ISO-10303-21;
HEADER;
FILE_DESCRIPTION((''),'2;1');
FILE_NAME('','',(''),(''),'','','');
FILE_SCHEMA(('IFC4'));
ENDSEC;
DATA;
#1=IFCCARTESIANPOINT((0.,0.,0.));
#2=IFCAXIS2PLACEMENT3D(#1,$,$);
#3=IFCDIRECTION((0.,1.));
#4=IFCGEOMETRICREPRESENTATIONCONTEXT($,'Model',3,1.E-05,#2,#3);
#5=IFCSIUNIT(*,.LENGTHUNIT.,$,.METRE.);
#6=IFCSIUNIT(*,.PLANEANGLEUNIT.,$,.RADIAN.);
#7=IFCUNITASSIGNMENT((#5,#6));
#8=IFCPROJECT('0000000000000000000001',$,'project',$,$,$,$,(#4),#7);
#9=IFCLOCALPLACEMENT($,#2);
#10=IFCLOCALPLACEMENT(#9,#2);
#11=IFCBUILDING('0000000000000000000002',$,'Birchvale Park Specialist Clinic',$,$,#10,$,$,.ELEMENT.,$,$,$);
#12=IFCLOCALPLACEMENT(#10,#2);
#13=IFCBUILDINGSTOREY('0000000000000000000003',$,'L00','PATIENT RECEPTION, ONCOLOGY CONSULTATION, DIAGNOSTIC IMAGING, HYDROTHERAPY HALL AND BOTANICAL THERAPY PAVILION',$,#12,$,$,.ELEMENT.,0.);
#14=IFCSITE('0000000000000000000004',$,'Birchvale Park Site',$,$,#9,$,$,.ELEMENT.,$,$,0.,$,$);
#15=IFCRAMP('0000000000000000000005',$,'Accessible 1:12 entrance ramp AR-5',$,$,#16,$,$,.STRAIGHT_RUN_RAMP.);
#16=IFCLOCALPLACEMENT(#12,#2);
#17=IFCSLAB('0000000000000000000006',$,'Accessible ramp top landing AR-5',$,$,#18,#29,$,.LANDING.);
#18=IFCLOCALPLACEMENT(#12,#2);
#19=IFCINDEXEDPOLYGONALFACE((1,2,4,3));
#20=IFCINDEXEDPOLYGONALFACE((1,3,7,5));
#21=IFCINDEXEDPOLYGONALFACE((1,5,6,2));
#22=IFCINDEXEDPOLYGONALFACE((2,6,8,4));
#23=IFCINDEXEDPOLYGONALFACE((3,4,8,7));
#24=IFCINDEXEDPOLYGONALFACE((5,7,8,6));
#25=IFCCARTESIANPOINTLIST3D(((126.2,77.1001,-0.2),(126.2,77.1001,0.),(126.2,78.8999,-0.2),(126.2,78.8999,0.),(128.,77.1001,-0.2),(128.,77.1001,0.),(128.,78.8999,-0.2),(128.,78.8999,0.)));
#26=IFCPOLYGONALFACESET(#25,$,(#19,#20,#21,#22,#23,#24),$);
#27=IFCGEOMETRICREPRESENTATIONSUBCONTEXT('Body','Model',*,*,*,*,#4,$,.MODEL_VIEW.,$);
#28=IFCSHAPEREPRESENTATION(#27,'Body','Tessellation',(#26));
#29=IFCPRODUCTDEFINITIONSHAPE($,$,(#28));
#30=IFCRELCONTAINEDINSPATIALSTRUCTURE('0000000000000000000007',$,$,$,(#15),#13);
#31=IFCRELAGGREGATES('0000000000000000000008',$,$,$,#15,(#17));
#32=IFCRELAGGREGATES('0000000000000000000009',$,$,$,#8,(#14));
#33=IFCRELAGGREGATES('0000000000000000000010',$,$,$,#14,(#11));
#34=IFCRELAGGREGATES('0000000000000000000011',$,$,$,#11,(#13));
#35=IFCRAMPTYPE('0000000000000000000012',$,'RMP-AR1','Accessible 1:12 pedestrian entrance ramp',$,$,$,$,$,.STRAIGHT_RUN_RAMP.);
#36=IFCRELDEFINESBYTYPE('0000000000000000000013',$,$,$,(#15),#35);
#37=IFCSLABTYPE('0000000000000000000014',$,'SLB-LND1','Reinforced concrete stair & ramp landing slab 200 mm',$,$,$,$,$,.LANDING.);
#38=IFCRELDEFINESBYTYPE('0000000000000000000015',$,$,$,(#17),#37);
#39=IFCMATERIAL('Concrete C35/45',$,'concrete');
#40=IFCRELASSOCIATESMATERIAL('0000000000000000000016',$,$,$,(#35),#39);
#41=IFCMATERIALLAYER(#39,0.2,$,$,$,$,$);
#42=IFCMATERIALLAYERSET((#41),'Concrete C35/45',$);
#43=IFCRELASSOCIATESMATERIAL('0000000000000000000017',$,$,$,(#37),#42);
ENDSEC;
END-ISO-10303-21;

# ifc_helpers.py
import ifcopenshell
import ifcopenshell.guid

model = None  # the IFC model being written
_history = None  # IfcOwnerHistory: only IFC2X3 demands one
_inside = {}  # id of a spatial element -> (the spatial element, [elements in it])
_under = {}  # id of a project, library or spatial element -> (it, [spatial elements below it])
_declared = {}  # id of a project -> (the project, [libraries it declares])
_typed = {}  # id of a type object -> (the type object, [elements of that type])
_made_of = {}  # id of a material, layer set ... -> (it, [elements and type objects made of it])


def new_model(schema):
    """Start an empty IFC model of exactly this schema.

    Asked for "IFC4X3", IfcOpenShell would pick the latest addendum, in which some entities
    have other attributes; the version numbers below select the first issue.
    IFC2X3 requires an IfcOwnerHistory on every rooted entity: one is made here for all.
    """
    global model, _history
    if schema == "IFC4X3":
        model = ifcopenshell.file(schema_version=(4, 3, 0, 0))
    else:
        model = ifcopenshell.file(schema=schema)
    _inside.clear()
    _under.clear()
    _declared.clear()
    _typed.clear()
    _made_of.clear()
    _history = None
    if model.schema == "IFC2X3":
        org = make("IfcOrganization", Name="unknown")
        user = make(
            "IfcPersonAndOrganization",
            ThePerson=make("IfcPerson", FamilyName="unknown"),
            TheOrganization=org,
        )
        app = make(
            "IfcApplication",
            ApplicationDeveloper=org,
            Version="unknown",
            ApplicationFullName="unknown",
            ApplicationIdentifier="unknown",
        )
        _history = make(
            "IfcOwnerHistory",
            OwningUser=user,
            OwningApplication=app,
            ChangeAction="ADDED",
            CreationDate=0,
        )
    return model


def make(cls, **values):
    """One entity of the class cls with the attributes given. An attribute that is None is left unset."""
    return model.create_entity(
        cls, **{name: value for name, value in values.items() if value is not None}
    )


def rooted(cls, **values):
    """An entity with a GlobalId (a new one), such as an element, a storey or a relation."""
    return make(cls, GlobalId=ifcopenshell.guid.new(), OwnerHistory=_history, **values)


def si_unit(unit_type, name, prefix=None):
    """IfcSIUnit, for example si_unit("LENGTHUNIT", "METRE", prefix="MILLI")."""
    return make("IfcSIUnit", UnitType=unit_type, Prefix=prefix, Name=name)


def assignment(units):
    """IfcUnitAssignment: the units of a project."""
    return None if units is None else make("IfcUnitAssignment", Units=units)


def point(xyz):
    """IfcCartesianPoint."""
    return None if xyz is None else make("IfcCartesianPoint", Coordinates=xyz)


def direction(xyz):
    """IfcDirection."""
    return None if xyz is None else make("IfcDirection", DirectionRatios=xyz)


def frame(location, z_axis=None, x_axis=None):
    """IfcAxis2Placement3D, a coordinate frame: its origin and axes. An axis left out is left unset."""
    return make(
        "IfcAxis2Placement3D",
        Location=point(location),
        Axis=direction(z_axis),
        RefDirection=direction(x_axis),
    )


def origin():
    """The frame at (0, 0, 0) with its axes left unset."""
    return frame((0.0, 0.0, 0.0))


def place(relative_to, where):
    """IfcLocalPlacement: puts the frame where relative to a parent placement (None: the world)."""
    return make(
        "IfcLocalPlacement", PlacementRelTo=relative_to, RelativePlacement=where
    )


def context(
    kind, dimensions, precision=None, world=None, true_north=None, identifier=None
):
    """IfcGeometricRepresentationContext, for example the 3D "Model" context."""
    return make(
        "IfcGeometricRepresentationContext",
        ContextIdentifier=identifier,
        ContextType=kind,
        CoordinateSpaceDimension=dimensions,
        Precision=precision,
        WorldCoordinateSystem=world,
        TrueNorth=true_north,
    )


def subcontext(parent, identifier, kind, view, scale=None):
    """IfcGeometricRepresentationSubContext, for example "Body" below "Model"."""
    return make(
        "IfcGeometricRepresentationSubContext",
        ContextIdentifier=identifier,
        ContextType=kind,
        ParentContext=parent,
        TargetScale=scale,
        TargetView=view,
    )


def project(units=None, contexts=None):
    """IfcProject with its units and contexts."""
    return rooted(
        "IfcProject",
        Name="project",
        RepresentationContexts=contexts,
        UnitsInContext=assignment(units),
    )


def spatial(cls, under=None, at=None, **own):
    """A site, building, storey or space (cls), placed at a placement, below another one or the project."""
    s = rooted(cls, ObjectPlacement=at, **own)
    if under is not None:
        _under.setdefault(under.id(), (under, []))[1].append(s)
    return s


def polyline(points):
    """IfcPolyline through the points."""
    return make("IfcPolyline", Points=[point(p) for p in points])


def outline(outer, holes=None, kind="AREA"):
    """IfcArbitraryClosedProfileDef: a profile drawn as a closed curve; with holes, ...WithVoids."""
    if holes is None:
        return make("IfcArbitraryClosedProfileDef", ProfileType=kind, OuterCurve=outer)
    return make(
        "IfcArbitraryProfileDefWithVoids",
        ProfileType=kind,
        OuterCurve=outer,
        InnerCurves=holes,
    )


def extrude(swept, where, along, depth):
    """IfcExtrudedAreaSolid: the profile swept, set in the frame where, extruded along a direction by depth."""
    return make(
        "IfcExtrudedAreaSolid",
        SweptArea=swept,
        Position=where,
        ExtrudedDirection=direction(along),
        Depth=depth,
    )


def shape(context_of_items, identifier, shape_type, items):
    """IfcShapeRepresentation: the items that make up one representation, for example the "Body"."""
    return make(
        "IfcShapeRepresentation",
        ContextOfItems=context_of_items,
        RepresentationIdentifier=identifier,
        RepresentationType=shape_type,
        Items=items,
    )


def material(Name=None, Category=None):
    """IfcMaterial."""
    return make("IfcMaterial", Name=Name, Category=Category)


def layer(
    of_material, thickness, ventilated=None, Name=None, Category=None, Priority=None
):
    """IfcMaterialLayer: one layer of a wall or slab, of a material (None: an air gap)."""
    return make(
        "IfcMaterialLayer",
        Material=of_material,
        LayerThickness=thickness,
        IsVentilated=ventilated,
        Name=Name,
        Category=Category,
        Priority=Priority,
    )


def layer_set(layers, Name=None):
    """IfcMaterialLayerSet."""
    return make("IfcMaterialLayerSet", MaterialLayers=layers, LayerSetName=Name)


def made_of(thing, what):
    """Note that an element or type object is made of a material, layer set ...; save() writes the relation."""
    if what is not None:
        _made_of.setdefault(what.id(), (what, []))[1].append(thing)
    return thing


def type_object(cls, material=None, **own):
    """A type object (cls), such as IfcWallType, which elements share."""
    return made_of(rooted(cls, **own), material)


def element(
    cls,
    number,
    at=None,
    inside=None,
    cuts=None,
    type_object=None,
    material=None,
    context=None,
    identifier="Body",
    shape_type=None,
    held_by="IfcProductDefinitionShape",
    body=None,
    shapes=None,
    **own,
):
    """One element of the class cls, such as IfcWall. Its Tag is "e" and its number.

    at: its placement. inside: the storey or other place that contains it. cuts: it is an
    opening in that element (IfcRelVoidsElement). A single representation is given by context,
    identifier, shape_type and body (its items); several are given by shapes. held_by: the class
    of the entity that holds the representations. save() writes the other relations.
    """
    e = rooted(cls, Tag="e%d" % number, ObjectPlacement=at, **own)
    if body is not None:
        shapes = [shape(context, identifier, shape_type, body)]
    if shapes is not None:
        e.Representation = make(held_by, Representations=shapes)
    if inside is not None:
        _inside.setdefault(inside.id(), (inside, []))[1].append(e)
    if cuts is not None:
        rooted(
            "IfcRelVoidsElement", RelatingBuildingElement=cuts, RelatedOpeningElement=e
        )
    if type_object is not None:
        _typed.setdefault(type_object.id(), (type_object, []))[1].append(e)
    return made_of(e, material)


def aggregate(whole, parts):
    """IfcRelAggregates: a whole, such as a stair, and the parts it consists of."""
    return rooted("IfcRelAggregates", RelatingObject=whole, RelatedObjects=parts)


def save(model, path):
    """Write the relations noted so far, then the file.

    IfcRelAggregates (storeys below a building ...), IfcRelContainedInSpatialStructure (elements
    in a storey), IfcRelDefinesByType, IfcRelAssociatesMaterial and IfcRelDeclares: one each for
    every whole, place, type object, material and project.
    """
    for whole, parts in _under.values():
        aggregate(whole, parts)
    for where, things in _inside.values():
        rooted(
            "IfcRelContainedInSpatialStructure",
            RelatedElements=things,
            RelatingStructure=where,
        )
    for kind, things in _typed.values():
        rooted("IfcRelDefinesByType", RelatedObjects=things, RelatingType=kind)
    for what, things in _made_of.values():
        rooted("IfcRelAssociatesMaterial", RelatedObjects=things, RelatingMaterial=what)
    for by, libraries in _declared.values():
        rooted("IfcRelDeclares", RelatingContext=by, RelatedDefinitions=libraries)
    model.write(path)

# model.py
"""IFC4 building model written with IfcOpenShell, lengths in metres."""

from ifc_helpers import new_model, si_unit, direction, frame, origin, place, context, subcontext, project, spatial, polyline, outline, extrude, material, layer, layer_set, type_object, element, aggregate, save


model = new_model("IFC4")

# Units and contexts
model_context = context("Model", 3, precision=1e-05, world=origin(), true_north=direction((0.0, 1.0)))
body_context = subcontext(model_context, "Body", "Model", "MODEL_VIEW")
ifc_project = project(units=[si_unit("LENGTHUNIT", "METRE"), si_unit("PLANEANGLEUNIT", "RADIAN")], contexts=[model_context])

# Site, building, storey
site_placement = place(None, origin())
site = spatial("IfcSite", under=ifc_project, at=site_placement, Name="Birchvale Park Site", CompositionType="ELEMENT", RefElevation=0.0)
building_placement = place(site_placement, origin())
building = spatial("IfcBuilding", under=site, at=building_placement, Name="Birchvale Park Specialist Clinic", CompositionType="ELEMENT")
storey_placement = place(building_placement, origin())
storey = spatial("IfcBuildingStorey", under=building, at=storey_placement, Name="L00", Description="PATIENT RECEPTION, ONCOLOGY CONSULTATION, DIAGNOSTIC IMAGING, HYDROTHERAPY HALL AND BOTANICAL THERAPY PAVILION", CompositionType="ELEMENT", Elevation=0.0)

# Shared definitions
ifc_material = material(Name="Concrete C35/45", Category="concrete")

# Ramp, slab
ramp_type = type_object("IfcRampType", Name="RMP-AR1", Description="Accessible 1:12 pedestrian entrance ramp", PredefinedType="STRAIGHT_RUN_RAMP", material=ifc_material)
ifc_layer_1 = layer(ifc_material, 0.2)
ifc_layer_set_1 = layer_set([ifc_layer_1], Name="Concrete C35/45")
slab_type_1 = type_object("IfcSlabType", Name="SLB-LND1", Description="Reinforced concrete stair & ramp landing slab 200 mm", PredefinedType="LANDING", material=ifc_layer_set_1)
ramp_1_placement = place(storey_placement, origin())
ramp_1 = element("IfcRamp", 1, at=ramp_1_placement, inside=storey, type_object=ramp_type, Name="Accessible 1:12 entrance ramp AR-5", PredefinedType="STRAIGHT_RUN_RAMP")
slab_1_placement = place(storey_placement, frame((0.0, 0.0, -0.2)))
slab_1 = element("IfcSlab", 2, at=slab_1_placement, type_object=slab_type_1, Name="Accessible ramp top landing AR-5", PredefinedType="LANDING", context=body_context, shape_type="SweptSolid", body=[
    extrude(outline(polyline([(126.2, 77.1001), (128.0, 77.1001), (128.0, 78.8999), (126.2, 78.8999), (126.2, 77.1001)])), origin(), (0.0, 0.0, 1.0), 0.2),
])
aggregate(ramp_1, [slab_1])

save(model, "model.ifc")
